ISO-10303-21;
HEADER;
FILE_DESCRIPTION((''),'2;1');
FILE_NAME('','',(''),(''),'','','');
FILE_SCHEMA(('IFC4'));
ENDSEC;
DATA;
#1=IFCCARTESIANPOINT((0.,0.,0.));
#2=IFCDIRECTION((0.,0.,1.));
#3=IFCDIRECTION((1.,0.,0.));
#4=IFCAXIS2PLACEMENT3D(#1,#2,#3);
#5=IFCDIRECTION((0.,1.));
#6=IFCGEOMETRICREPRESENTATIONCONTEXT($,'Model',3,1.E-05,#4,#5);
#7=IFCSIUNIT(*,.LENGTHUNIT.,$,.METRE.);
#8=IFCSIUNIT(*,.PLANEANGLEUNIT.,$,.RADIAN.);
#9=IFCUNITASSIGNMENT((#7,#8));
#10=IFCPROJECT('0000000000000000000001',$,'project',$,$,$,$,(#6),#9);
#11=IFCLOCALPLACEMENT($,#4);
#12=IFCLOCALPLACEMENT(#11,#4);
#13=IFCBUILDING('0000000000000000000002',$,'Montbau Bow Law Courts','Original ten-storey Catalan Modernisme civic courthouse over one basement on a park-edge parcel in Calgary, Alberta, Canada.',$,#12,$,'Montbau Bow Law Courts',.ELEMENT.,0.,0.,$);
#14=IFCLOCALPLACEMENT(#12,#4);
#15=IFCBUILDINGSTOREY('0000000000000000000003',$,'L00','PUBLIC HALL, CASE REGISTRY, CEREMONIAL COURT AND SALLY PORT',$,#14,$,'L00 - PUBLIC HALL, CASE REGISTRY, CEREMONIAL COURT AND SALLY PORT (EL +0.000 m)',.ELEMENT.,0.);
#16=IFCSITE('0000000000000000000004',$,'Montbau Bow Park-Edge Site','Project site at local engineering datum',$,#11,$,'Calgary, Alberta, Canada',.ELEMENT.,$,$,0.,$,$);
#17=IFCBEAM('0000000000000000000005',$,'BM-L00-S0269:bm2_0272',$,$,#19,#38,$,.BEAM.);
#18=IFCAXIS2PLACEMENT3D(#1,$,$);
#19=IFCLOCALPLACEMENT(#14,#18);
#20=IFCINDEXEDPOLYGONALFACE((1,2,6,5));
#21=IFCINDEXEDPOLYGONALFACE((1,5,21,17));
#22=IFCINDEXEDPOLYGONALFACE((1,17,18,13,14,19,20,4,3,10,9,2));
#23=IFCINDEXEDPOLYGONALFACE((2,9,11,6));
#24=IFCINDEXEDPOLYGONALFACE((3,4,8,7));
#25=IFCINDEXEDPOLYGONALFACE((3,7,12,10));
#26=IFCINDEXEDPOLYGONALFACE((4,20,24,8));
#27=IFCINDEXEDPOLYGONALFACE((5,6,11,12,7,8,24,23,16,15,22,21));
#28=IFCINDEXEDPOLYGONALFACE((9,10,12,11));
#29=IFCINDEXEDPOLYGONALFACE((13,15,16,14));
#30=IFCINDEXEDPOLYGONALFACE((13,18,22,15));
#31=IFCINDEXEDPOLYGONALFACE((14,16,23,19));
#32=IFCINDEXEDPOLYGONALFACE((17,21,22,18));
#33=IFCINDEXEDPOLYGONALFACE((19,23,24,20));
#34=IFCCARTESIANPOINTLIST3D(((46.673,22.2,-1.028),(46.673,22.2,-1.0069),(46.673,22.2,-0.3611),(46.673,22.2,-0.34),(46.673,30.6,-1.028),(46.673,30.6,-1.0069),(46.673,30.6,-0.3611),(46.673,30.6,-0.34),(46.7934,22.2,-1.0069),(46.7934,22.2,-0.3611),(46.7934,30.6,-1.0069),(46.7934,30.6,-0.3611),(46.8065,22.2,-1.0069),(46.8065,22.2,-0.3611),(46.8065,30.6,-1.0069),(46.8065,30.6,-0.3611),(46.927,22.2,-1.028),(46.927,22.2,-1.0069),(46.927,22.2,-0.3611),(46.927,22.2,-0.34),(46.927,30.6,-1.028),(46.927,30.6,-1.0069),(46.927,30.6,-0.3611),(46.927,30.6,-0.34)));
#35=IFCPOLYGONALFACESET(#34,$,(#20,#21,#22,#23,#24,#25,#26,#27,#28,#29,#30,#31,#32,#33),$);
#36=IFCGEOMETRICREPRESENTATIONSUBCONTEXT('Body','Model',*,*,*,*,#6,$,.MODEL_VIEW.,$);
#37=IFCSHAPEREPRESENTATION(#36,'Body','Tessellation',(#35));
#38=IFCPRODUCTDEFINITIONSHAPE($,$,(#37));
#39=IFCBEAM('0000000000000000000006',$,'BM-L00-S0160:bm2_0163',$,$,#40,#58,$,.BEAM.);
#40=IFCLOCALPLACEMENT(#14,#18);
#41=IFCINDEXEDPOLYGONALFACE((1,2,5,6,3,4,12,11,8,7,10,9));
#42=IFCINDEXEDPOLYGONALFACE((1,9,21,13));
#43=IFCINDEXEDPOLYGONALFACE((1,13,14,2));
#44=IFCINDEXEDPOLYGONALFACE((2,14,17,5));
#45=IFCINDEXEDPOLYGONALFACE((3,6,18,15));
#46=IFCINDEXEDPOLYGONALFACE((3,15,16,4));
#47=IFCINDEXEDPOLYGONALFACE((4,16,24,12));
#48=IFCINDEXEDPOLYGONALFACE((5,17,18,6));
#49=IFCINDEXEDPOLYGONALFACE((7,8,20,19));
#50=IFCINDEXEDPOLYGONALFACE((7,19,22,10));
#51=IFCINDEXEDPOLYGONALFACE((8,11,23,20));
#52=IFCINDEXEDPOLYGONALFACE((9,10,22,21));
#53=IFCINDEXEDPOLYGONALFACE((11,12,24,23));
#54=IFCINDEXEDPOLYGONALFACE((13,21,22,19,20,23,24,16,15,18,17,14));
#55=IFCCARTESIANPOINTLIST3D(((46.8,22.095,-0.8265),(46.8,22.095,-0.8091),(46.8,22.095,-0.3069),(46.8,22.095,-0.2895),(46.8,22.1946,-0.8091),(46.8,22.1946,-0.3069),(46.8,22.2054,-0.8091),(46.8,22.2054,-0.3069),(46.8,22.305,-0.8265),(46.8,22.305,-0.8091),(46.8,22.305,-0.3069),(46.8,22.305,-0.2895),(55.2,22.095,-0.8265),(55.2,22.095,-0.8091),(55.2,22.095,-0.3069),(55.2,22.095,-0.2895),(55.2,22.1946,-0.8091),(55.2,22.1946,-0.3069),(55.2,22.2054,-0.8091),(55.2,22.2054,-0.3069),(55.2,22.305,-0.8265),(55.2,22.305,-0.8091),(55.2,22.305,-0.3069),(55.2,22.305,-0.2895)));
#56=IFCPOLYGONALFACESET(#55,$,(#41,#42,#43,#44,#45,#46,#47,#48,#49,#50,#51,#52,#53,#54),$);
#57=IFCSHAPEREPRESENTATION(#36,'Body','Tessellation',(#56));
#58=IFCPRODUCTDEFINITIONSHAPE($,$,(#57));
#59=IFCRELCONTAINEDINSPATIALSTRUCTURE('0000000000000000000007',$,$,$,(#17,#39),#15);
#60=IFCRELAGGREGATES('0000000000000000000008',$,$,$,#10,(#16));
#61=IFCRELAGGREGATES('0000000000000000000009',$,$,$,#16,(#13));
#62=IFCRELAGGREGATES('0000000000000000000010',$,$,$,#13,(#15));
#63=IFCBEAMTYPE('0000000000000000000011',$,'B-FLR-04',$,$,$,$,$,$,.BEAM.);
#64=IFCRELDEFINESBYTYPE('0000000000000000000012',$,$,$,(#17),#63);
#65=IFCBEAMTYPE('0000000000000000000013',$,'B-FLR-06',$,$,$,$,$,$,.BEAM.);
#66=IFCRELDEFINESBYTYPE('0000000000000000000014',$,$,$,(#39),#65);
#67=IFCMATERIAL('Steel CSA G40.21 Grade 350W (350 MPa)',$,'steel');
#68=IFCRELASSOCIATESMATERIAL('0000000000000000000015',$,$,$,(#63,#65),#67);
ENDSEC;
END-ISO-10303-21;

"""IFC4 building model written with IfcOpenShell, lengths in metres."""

from ifc_helpers import new_model, si_unit, direction, frame, origin_with_axes, origin_2d_with_axis, place, context, subcontext, project, spatial, i_section, extrude, material, material_profile, profile_set, type_object, element, save


model = new_model("IFC4")

# Units and contexts
model_context = context("Model", 3, precision=1e-05, world=origin_with_axes(), true_north=direction((0.0, 1.0)))
body_context = subcontext(model_context, "Body", "Model", "MODEL_VIEW")
ifc_project = project(units=[si_unit("LENGTHUNIT", "METRE"), si_unit("PLANEANGLEUNIT", "RADIAN")], contexts=[model_context])

# Site, building, storey
site_placement = place(None, origin_with_axes())
site = spatial("IfcSite", under=ifc_project, at=site_placement, Name="Montbau Bow Park-Edge Site", Description="Project site at local engineering datum", LongName="Calgary, Alberta, Canada", CompositionType="ELEMENT", RefElevation=0.0)
building_placement = place(site_placement, origin_with_axes())
building = spatial("IfcBuilding", under=site, at=building_placement, Name="Montbau Bow Law Courts", Description="Original ten-storey Catalan Modernisme civic courthouse over one basement on a park-edge parcel in Calgary, Alberta, Canada.", LongName="Montbau Bow Law Courts", CompositionType="ELEMENT", ElevationOfRefHeight=0.0, ElevationOfTerrain=0.0)
storey_placement = place(building_placement, origin_with_axes())
storey = spatial("IfcBuildingStorey", under=building, at=storey_placement, Name="L00", Description="PUBLIC HALL, CASE REGISTRY, CEREMONIAL COURT AND SALLY PORT", LongName="L00 - PUBLIC HALL, CASE REGISTRY, CEREMONIAL COURT AND SALLY PORT (EL +0.000 m)", CompositionType="ELEMENT", Elevation=0.0)

# Beams
ifc_material_1 = material(Name="Steel CSA G40.21 Grade 350W (350 MPa)", Category="steel")
ifc_material_profile_1 = material_profile(ifc_material_1, i_section(OverallWidth=0.254, OverallDepth=0.688, WebThickness=0.0131, FlangeThickness=0.0211, at=origin_2d_with_axis()), Name="W690X152", Category="Main", Priority=0)
ifc_profile_set_1 = profile_set([ifc_material_profile_1], Name="Steel CSA G40.21 Grade 350W (350 MPa)")
beam_type_1 = type_object("IfcBeamType", Name="B-FLR-04", PredefinedType="BEAM", material=ifc_profile_set_1)
beam_1_placement = place(None, frame((46.8, 22.2, -0.684), z_axis=(0.0, 1.0, 0.0), x_axis=(-1.0, 0.0, 0.0)))
element("IfcBeam", 1, at=beam_1_placement, inside=storey, type_object=beam_type_1, Name="BM-L00-S0269:bm2_0272", PredefinedType="BEAM", context=body_context, shape_type="SweptSolid", body=[
    extrude(i_section(OverallWidth=0.254, OverallDepth=0.688, WebThickness=0.0131, FlangeThickness=0.0211, at=origin_2d_with_axis()), origin_with_axes(), (0.0, 0.0, 1.0), 8.4),
])
ifc_material_profile_2 = material_profile(ifc_material_1, i_section(OverallWidth=0.21, OverallDepth=0.537, WebThickness=0.0109, FlangeThickness=0.0174, at=origin_2d_with_axis()), Name="W530X101", Category="Main", Priority=0)
ifc_profile_set_2 = profile_set([ifc_material_profile_2], Name="Steel CSA G40.21 Grade 350W (350 MPa)")
beam_type_2 = type_object("IfcBeamType", Name="B-FLR-06", PredefinedType="BEAM", material=ifc_profile_set_2)
beam_2_placement = place(None, frame((46.8, 22.2, -0.558), z_axis=(1.0, 0.0, 0.0), x_axis=(0.0, 1.0, 0.0)))
element("IfcBeam", 2, at=beam_2_placement, inside=storey, type_object=beam_type_2, Name="BM-L00-S0160:bm2_0163", PredefinedType="BEAM", context=body_context, shape_type="SweptSolid", body=[
    extrude(i_section(OverallWidth=0.21, OverallDepth=0.537, WebThickness=0.0109, FlangeThickness=0.0174, at=origin_2d_with_axis()), origin_with_axes(), (0.0, 0.0, 1.0), 8.4),
])

save(model, "model.ifc")
